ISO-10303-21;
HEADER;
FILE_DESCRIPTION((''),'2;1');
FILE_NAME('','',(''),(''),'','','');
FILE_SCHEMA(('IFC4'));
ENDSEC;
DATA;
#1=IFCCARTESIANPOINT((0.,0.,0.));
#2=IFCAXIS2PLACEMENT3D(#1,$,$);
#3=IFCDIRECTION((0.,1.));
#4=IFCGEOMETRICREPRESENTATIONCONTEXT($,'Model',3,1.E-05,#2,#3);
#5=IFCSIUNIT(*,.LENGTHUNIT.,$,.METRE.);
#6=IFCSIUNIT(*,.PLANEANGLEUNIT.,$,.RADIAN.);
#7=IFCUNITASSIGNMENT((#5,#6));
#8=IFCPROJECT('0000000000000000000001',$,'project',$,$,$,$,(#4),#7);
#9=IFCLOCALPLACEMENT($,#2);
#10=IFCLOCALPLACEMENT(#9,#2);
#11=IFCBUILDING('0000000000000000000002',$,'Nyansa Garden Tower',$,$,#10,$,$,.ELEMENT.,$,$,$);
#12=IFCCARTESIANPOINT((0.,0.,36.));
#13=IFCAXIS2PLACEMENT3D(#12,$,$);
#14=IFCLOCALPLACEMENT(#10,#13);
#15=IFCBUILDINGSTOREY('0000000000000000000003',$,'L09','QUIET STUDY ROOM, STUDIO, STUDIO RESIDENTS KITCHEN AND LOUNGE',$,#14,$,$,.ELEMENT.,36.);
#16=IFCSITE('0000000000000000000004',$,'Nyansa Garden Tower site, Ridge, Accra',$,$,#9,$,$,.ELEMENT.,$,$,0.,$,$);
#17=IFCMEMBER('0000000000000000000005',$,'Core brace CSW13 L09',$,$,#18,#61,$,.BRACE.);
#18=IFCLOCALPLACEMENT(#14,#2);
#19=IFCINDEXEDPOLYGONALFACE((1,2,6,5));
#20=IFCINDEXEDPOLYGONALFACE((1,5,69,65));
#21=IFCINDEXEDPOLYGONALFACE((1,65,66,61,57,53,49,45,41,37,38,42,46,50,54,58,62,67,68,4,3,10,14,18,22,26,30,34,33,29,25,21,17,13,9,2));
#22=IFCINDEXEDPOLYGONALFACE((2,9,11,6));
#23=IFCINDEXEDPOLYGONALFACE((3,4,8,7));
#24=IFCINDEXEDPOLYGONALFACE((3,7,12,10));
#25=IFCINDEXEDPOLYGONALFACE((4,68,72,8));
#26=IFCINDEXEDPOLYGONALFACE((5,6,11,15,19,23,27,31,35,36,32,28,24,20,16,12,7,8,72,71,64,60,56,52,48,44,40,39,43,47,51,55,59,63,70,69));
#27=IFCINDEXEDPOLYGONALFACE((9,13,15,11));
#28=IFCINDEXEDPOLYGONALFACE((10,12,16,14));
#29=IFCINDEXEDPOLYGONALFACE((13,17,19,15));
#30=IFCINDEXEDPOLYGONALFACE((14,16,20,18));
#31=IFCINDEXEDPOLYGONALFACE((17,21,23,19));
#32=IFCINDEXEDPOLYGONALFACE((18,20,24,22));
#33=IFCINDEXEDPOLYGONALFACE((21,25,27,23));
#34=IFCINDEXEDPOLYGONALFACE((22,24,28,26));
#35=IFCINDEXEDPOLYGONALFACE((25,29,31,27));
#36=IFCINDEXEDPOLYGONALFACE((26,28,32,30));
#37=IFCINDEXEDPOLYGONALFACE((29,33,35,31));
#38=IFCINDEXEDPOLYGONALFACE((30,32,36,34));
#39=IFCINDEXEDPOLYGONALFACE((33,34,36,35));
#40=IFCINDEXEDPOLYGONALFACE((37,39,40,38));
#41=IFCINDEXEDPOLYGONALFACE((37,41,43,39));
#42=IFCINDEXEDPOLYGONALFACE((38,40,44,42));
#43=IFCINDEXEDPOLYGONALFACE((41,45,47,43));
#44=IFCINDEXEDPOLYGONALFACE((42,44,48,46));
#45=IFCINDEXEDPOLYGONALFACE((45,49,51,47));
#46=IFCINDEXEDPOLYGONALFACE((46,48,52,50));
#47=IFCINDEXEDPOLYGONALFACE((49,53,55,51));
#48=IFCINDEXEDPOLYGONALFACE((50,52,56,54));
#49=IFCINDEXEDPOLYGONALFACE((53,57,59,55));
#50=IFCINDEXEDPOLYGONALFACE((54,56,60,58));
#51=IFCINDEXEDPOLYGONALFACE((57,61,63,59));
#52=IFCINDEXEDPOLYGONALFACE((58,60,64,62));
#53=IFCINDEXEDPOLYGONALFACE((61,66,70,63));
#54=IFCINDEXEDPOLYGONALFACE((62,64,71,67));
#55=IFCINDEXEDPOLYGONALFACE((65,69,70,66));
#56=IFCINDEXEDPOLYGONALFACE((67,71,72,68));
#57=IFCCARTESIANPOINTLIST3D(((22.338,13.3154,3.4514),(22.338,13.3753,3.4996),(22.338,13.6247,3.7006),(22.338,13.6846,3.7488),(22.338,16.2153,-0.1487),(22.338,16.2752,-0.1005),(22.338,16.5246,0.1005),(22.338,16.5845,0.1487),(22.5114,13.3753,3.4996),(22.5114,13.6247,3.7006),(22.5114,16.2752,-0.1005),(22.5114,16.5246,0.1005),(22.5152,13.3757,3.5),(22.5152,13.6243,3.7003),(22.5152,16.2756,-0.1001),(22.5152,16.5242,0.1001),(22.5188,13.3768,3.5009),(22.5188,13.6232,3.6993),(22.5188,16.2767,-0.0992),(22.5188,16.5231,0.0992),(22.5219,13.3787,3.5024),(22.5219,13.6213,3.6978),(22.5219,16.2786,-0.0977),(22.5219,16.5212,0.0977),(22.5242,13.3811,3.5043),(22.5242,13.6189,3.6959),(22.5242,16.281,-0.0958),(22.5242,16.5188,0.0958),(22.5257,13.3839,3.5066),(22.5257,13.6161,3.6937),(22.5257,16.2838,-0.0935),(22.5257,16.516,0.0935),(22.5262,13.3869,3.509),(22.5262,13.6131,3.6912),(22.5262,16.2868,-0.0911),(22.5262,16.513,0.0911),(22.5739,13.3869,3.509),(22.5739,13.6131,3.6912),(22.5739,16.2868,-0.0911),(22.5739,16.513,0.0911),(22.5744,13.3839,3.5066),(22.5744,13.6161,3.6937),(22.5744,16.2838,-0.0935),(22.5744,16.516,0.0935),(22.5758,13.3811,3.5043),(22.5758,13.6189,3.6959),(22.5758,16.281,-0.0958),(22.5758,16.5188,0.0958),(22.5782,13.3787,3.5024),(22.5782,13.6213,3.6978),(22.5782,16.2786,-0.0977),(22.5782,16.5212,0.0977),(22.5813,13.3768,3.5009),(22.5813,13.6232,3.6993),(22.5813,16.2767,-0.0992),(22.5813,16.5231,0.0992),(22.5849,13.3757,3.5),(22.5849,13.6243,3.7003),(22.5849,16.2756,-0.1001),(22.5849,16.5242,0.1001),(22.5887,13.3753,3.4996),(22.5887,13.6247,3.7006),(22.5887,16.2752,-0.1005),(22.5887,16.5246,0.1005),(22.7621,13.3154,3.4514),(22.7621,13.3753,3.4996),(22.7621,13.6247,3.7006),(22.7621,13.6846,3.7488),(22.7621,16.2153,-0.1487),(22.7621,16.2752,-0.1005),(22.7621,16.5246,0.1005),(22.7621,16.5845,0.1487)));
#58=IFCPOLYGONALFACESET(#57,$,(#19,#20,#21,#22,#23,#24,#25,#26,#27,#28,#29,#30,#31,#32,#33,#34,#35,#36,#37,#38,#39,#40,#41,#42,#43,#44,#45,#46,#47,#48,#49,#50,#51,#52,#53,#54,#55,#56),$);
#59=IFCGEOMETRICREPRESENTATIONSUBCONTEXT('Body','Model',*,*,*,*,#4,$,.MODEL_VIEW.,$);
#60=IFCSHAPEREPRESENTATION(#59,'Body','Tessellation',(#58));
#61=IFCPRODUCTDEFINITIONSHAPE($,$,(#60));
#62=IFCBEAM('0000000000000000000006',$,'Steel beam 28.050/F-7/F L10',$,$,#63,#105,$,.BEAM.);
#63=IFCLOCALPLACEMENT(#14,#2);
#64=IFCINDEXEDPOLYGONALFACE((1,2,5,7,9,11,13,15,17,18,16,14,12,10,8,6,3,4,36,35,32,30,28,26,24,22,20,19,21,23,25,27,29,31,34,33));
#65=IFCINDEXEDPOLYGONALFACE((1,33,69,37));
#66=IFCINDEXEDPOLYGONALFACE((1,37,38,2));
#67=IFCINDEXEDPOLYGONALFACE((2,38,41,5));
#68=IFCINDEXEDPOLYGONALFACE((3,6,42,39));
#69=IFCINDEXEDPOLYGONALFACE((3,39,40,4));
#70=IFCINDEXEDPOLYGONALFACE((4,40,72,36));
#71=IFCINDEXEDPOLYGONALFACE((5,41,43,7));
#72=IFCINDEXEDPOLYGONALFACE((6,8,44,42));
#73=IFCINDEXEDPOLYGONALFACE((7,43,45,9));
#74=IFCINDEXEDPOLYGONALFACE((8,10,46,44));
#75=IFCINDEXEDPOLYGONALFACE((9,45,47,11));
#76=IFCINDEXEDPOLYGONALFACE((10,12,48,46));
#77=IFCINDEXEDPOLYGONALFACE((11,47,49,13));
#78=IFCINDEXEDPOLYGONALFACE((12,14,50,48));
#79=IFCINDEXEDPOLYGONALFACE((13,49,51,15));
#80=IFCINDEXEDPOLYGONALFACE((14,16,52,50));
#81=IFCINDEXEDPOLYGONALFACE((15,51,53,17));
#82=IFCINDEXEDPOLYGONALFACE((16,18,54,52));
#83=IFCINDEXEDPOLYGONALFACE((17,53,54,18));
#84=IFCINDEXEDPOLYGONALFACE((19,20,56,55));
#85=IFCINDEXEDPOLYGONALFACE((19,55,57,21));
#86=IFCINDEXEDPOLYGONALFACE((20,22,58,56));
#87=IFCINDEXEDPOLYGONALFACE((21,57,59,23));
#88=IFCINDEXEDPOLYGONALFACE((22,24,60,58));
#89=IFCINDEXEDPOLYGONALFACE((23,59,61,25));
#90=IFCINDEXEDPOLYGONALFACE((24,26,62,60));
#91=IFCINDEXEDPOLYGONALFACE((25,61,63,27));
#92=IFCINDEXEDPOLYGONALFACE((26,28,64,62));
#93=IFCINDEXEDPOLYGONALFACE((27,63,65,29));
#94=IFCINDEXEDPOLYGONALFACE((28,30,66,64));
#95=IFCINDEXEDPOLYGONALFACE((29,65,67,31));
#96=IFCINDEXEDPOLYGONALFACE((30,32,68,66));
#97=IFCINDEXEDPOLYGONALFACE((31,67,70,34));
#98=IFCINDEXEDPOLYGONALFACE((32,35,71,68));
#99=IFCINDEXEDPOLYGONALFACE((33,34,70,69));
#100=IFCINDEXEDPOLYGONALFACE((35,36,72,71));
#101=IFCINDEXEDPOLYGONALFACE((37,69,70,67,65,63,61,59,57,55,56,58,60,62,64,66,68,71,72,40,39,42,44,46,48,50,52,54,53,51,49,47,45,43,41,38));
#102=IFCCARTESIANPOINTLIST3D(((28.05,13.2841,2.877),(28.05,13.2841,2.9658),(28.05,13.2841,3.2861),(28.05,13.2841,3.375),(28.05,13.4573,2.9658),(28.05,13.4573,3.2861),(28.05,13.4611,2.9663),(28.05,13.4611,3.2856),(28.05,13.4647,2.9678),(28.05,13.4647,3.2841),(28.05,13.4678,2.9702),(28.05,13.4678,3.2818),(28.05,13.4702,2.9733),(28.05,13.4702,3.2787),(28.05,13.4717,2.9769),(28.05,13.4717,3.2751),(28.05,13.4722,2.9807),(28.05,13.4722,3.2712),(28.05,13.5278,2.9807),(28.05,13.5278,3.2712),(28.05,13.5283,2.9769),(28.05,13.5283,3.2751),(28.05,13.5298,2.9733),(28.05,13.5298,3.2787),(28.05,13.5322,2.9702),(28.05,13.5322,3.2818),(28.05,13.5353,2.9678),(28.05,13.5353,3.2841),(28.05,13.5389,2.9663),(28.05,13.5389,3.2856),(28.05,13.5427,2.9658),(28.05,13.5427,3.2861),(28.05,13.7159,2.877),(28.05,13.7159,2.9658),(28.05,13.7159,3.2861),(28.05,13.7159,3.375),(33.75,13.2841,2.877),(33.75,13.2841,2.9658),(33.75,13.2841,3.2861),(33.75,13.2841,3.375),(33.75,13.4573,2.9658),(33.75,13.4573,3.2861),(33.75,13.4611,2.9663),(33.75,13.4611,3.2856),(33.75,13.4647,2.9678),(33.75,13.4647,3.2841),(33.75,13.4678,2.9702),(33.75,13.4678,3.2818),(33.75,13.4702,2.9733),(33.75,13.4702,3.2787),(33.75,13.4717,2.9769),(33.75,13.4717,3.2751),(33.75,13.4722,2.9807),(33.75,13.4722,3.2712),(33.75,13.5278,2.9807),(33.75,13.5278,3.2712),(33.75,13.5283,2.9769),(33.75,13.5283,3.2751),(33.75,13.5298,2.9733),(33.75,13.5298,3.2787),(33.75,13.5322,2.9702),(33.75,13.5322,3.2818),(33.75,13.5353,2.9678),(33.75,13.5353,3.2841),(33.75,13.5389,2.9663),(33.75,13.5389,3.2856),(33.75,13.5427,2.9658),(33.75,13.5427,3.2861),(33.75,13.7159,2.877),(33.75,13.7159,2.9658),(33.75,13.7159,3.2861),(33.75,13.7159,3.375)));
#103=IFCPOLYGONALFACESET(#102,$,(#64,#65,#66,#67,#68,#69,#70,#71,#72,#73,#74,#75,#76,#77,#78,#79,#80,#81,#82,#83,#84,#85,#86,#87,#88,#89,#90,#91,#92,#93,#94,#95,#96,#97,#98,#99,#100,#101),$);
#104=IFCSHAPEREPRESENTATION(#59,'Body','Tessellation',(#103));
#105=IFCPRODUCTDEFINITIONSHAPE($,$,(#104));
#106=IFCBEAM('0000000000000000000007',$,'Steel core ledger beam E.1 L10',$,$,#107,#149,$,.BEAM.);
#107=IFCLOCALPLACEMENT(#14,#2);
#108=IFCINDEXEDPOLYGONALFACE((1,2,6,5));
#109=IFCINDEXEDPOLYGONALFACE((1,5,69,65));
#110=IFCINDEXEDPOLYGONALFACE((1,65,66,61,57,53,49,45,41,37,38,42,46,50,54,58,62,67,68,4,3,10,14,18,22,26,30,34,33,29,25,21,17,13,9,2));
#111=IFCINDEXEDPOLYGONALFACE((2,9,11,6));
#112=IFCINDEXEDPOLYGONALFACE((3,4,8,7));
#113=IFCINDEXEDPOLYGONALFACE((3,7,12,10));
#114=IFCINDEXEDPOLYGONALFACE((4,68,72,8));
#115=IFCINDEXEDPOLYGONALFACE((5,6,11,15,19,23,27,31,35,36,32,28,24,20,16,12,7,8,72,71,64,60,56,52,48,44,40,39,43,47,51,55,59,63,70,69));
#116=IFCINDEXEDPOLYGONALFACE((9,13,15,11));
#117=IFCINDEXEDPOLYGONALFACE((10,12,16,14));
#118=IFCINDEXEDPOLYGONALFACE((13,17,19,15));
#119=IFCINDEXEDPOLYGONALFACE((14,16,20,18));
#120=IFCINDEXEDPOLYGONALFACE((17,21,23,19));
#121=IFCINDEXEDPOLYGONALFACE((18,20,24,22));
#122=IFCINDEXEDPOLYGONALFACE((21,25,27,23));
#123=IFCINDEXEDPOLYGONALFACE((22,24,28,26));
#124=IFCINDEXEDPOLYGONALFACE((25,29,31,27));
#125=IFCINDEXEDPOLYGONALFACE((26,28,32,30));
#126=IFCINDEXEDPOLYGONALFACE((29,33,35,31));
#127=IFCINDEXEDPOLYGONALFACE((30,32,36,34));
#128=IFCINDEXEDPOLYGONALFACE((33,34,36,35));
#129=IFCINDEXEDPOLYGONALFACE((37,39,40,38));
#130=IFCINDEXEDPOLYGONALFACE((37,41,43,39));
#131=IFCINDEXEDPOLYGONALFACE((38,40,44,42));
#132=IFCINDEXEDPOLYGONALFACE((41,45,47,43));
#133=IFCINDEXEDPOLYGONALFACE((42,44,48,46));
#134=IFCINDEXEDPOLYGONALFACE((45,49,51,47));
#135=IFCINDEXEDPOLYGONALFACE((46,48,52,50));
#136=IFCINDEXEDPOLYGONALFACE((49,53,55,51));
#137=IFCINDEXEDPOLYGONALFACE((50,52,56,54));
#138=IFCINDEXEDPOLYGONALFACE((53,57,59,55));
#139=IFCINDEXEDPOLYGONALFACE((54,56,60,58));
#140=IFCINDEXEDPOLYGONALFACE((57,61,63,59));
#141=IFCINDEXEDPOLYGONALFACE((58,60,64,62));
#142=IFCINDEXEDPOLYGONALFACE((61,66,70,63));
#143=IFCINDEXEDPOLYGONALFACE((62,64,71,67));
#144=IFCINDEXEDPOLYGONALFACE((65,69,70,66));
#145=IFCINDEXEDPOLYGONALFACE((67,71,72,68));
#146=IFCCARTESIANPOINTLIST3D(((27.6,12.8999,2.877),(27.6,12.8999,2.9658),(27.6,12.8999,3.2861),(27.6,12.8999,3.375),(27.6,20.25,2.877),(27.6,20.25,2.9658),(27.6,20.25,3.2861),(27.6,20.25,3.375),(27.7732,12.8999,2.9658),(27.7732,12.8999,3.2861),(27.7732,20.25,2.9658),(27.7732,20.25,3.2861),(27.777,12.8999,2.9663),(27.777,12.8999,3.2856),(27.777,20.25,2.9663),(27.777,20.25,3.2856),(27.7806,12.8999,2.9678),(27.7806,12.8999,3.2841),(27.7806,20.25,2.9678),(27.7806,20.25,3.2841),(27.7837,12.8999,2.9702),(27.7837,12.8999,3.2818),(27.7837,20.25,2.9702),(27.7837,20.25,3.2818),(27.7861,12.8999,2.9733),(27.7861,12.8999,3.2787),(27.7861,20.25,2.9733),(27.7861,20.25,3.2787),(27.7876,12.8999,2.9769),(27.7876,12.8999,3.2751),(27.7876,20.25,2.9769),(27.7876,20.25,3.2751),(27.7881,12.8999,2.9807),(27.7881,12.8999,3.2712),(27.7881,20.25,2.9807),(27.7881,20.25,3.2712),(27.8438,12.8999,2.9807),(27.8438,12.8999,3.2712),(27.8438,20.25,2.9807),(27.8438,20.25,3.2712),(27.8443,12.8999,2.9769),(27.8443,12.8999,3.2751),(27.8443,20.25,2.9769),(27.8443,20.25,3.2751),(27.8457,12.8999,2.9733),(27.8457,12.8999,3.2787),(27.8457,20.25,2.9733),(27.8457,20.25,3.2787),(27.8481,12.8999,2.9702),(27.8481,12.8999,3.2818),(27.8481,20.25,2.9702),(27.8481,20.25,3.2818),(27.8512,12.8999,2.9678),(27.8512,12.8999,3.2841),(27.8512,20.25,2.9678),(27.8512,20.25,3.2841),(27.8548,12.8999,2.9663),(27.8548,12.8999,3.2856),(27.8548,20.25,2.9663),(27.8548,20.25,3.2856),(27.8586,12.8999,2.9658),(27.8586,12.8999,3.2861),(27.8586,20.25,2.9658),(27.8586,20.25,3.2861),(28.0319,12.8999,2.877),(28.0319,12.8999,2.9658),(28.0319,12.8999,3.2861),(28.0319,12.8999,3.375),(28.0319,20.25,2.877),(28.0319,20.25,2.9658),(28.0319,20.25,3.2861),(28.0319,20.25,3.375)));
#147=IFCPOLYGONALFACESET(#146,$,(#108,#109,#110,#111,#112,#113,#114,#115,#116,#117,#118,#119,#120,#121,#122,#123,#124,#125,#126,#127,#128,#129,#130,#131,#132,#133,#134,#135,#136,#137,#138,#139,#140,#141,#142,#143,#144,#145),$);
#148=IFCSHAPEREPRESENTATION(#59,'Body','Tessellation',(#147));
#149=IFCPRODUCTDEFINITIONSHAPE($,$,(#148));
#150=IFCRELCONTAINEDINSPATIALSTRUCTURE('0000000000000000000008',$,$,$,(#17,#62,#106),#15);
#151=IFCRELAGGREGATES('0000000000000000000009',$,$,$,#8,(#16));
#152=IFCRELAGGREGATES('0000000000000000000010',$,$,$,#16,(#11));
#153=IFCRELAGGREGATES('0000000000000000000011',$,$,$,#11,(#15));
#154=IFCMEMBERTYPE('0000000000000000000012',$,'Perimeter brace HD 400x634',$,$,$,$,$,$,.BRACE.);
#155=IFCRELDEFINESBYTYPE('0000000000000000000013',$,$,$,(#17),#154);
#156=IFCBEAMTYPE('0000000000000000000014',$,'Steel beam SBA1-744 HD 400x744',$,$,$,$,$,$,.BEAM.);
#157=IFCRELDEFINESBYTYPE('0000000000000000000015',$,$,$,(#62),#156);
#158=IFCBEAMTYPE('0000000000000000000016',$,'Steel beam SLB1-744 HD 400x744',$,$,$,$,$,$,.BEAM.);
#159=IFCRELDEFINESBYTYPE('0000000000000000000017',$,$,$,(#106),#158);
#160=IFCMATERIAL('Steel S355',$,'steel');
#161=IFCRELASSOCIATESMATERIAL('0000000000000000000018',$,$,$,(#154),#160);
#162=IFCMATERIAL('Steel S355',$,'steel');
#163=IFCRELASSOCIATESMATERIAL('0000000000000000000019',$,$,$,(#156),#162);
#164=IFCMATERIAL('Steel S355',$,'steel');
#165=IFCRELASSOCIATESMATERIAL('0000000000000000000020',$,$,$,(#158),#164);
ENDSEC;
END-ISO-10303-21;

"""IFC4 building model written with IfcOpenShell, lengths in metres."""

from ifc_helpers import new_model, si_unit, direction, frame, origin, origin_2d, place, context, subcontext, project, spatial, i_section, extrude, material, material_profile, profile_set, type_object, element, save


model = new_model("IFC4")

# Units and contexts
model_context = context("Model", 3, precision=1e-05, world=origin(), true_north=direction((0.0, 1.0)))
body_context = subcontext(model_context, "Body", "Model", "MODEL_VIEW")
ifc_project = project(units=[si_unit("LENGTHUNIT", "METRE"), si_unit("PLANEANGLEUNIT", "RADIAN")], contexts=[model_context])

# Site, building, storey
site_placement = place(None, origin())
site = spatial("IfcSite", under=ifc_project, at=site_placement, Name="Nyansa Garden Tower site, Ridge, Accra", CompositionType="ELEMENT", RefElevation=0.0)
building_placement = place(site_placement, origin())
building = spatial("IfcBuilding", under=site, at=building_placement, Name="Nyansa Garden Tower", CompositionType="ELEMENT")
storey_placement = place(building_placement, frame((0.0, 0.0, 36.0)))
storey = spatial("IfcBuildingStorey", under=building, at=storey_placement, Name="L09", Description="QUIET STUDY ROOM, STUDIO, STUDIO RESIDENTS KITCHEN AND LOUNGE", CompositionType="ELEMENT", Elevation=36.0)

# Member
ifc_material_1 = material(Name="Steel S355", Category="steel")
ifc_material_profile_1 = material_profile(ifc_material_1, i_section(OverallWidth=0.4241, OverallDepth=0.4741, WebThickness=0.0476, FlangeThickness=0.0769, FilletRadius=0.0149, at=origin_2d()), Name="HD 400x634")
ifc_profile_set_1 = profile_set([ifc_material_profile_1], Name="Steel S355")
member_type = type_object("IfcMemberType", Name="Perimeter brace HD 400x634", PredefinedType="BRACE", material=ifc_profile_set_1)
for number, where, z_axis, x_axis, name in (
    (1, (22.55, 16.3999, 0.0), (0.0, -0.627306, 0.778773), (1.0, 0.0, 0.0), "Core brace CSW13 L09"),
):
    element("IfcMember", number, at=place(storey_placement, frame(where, z_axis=z_axis, x_axis=x_axis)), inside=storey, type_object=member_type, Name=name, PredefinedType="BRACE", context=body_context, shape_type="SweptSolid", body=[
        extrude(i_section(OverallWidth=0.4241, OverallDepth=0.4741, WebThickness=0.0476, FlangeThickness=0.0769, FilletRadius=0.0149, at=origin_2d()), origin(), (0.0, 0.0, 1.0), 4.6228),
    ])

# Beams
ifc_material_2 = material(Name="Steel S355", Category="steel")
ifc_material_profile_2 = material_profile(ifc_material_2, i_section(OverallWidth=0.4319, OverallDepth=0.498, WebThickness=0.0557, FlangeThickness=0.0889, FilletRadius=0.0149, at=origin_2d()), Name="HD 400x744")
ifc_profile_set_2 = profile_set([ifc_material_profile_2], Name="Steel S355")
beam_type_1 = type_object("IfcBeamType", Name="Steel beam SBA1-744 HD 400x744", PredefinedType="BEAM", material=ifc_profile_set_2)
beam_1_placement = place(storey_placement, frame((28.05, 13.5, 3.126), z_axis=(1.0, 0.0, 0.0), x_axis=(0.0, 1.0, 0.0)))
element("IfcBeam", 2, at=beam_1_placement, inside=storey, type_object=beam_type_1, Name="Steel beam 28.050/F-7/F L10", PredefinedType="BEAM", context=body_context, shape_type="SweptSolid", body=[
    extrude(i_section(OverallWidth=0.4319, OverallDepth=0.498, WebThickness=0.0557, FlangeThickness=0.0889, FilletRadius=0.0149, at=origin_2d()), origin(), (0.0, 0.0, 1.0), 5.7),
])
ifc_material_3 = material(Name="Steel S355", Category="steel")
ifc_material_profile_3 = material_profile(ifc_material_3, i_section(OverallWidth=0.4319, OverallDepth=0.498, WebThickness=0.0557, FlangeThickness=0.0889, FilletRadius=0.0149, at=origin_2d()), Name="HD 400x744")
ifc_profile_set_3 = profile_set([ifc_material_profile_3], Name="Steel S355")
beam_type_2 = type_object("IfcBeamType", Name="Steel beam SLB1-744 HD 400x744", PredefinedType="BEAM", material=ifc_profile_set_3)
beam_2_placement = place(storey_placement, frame((27.8159, 12.8999, 3.126), z_axis=(0.0, 1.0, 0.0), x_axis=(-1.0, 0.0, 0.0)))
element("IfcBeam", 3, at=beam_2_placement, inside=storey, type_object=beam_type_2, Name="Steel core ledger beam E.1 L10", PredefinedType="BEAM", context=body_context, shape_type="SweptSolid", body=[
    extrude(i_section(OverallWidth=0.4319, OverallDepth=0.498, WebThickness=0.0557, FlangeThickness=0.0889, FilletRadius=0.0149, at=origin_2d()), origin(), (0.0, 0.0, 1.0), 7.3501),
])

save(model, "model.ifc")
